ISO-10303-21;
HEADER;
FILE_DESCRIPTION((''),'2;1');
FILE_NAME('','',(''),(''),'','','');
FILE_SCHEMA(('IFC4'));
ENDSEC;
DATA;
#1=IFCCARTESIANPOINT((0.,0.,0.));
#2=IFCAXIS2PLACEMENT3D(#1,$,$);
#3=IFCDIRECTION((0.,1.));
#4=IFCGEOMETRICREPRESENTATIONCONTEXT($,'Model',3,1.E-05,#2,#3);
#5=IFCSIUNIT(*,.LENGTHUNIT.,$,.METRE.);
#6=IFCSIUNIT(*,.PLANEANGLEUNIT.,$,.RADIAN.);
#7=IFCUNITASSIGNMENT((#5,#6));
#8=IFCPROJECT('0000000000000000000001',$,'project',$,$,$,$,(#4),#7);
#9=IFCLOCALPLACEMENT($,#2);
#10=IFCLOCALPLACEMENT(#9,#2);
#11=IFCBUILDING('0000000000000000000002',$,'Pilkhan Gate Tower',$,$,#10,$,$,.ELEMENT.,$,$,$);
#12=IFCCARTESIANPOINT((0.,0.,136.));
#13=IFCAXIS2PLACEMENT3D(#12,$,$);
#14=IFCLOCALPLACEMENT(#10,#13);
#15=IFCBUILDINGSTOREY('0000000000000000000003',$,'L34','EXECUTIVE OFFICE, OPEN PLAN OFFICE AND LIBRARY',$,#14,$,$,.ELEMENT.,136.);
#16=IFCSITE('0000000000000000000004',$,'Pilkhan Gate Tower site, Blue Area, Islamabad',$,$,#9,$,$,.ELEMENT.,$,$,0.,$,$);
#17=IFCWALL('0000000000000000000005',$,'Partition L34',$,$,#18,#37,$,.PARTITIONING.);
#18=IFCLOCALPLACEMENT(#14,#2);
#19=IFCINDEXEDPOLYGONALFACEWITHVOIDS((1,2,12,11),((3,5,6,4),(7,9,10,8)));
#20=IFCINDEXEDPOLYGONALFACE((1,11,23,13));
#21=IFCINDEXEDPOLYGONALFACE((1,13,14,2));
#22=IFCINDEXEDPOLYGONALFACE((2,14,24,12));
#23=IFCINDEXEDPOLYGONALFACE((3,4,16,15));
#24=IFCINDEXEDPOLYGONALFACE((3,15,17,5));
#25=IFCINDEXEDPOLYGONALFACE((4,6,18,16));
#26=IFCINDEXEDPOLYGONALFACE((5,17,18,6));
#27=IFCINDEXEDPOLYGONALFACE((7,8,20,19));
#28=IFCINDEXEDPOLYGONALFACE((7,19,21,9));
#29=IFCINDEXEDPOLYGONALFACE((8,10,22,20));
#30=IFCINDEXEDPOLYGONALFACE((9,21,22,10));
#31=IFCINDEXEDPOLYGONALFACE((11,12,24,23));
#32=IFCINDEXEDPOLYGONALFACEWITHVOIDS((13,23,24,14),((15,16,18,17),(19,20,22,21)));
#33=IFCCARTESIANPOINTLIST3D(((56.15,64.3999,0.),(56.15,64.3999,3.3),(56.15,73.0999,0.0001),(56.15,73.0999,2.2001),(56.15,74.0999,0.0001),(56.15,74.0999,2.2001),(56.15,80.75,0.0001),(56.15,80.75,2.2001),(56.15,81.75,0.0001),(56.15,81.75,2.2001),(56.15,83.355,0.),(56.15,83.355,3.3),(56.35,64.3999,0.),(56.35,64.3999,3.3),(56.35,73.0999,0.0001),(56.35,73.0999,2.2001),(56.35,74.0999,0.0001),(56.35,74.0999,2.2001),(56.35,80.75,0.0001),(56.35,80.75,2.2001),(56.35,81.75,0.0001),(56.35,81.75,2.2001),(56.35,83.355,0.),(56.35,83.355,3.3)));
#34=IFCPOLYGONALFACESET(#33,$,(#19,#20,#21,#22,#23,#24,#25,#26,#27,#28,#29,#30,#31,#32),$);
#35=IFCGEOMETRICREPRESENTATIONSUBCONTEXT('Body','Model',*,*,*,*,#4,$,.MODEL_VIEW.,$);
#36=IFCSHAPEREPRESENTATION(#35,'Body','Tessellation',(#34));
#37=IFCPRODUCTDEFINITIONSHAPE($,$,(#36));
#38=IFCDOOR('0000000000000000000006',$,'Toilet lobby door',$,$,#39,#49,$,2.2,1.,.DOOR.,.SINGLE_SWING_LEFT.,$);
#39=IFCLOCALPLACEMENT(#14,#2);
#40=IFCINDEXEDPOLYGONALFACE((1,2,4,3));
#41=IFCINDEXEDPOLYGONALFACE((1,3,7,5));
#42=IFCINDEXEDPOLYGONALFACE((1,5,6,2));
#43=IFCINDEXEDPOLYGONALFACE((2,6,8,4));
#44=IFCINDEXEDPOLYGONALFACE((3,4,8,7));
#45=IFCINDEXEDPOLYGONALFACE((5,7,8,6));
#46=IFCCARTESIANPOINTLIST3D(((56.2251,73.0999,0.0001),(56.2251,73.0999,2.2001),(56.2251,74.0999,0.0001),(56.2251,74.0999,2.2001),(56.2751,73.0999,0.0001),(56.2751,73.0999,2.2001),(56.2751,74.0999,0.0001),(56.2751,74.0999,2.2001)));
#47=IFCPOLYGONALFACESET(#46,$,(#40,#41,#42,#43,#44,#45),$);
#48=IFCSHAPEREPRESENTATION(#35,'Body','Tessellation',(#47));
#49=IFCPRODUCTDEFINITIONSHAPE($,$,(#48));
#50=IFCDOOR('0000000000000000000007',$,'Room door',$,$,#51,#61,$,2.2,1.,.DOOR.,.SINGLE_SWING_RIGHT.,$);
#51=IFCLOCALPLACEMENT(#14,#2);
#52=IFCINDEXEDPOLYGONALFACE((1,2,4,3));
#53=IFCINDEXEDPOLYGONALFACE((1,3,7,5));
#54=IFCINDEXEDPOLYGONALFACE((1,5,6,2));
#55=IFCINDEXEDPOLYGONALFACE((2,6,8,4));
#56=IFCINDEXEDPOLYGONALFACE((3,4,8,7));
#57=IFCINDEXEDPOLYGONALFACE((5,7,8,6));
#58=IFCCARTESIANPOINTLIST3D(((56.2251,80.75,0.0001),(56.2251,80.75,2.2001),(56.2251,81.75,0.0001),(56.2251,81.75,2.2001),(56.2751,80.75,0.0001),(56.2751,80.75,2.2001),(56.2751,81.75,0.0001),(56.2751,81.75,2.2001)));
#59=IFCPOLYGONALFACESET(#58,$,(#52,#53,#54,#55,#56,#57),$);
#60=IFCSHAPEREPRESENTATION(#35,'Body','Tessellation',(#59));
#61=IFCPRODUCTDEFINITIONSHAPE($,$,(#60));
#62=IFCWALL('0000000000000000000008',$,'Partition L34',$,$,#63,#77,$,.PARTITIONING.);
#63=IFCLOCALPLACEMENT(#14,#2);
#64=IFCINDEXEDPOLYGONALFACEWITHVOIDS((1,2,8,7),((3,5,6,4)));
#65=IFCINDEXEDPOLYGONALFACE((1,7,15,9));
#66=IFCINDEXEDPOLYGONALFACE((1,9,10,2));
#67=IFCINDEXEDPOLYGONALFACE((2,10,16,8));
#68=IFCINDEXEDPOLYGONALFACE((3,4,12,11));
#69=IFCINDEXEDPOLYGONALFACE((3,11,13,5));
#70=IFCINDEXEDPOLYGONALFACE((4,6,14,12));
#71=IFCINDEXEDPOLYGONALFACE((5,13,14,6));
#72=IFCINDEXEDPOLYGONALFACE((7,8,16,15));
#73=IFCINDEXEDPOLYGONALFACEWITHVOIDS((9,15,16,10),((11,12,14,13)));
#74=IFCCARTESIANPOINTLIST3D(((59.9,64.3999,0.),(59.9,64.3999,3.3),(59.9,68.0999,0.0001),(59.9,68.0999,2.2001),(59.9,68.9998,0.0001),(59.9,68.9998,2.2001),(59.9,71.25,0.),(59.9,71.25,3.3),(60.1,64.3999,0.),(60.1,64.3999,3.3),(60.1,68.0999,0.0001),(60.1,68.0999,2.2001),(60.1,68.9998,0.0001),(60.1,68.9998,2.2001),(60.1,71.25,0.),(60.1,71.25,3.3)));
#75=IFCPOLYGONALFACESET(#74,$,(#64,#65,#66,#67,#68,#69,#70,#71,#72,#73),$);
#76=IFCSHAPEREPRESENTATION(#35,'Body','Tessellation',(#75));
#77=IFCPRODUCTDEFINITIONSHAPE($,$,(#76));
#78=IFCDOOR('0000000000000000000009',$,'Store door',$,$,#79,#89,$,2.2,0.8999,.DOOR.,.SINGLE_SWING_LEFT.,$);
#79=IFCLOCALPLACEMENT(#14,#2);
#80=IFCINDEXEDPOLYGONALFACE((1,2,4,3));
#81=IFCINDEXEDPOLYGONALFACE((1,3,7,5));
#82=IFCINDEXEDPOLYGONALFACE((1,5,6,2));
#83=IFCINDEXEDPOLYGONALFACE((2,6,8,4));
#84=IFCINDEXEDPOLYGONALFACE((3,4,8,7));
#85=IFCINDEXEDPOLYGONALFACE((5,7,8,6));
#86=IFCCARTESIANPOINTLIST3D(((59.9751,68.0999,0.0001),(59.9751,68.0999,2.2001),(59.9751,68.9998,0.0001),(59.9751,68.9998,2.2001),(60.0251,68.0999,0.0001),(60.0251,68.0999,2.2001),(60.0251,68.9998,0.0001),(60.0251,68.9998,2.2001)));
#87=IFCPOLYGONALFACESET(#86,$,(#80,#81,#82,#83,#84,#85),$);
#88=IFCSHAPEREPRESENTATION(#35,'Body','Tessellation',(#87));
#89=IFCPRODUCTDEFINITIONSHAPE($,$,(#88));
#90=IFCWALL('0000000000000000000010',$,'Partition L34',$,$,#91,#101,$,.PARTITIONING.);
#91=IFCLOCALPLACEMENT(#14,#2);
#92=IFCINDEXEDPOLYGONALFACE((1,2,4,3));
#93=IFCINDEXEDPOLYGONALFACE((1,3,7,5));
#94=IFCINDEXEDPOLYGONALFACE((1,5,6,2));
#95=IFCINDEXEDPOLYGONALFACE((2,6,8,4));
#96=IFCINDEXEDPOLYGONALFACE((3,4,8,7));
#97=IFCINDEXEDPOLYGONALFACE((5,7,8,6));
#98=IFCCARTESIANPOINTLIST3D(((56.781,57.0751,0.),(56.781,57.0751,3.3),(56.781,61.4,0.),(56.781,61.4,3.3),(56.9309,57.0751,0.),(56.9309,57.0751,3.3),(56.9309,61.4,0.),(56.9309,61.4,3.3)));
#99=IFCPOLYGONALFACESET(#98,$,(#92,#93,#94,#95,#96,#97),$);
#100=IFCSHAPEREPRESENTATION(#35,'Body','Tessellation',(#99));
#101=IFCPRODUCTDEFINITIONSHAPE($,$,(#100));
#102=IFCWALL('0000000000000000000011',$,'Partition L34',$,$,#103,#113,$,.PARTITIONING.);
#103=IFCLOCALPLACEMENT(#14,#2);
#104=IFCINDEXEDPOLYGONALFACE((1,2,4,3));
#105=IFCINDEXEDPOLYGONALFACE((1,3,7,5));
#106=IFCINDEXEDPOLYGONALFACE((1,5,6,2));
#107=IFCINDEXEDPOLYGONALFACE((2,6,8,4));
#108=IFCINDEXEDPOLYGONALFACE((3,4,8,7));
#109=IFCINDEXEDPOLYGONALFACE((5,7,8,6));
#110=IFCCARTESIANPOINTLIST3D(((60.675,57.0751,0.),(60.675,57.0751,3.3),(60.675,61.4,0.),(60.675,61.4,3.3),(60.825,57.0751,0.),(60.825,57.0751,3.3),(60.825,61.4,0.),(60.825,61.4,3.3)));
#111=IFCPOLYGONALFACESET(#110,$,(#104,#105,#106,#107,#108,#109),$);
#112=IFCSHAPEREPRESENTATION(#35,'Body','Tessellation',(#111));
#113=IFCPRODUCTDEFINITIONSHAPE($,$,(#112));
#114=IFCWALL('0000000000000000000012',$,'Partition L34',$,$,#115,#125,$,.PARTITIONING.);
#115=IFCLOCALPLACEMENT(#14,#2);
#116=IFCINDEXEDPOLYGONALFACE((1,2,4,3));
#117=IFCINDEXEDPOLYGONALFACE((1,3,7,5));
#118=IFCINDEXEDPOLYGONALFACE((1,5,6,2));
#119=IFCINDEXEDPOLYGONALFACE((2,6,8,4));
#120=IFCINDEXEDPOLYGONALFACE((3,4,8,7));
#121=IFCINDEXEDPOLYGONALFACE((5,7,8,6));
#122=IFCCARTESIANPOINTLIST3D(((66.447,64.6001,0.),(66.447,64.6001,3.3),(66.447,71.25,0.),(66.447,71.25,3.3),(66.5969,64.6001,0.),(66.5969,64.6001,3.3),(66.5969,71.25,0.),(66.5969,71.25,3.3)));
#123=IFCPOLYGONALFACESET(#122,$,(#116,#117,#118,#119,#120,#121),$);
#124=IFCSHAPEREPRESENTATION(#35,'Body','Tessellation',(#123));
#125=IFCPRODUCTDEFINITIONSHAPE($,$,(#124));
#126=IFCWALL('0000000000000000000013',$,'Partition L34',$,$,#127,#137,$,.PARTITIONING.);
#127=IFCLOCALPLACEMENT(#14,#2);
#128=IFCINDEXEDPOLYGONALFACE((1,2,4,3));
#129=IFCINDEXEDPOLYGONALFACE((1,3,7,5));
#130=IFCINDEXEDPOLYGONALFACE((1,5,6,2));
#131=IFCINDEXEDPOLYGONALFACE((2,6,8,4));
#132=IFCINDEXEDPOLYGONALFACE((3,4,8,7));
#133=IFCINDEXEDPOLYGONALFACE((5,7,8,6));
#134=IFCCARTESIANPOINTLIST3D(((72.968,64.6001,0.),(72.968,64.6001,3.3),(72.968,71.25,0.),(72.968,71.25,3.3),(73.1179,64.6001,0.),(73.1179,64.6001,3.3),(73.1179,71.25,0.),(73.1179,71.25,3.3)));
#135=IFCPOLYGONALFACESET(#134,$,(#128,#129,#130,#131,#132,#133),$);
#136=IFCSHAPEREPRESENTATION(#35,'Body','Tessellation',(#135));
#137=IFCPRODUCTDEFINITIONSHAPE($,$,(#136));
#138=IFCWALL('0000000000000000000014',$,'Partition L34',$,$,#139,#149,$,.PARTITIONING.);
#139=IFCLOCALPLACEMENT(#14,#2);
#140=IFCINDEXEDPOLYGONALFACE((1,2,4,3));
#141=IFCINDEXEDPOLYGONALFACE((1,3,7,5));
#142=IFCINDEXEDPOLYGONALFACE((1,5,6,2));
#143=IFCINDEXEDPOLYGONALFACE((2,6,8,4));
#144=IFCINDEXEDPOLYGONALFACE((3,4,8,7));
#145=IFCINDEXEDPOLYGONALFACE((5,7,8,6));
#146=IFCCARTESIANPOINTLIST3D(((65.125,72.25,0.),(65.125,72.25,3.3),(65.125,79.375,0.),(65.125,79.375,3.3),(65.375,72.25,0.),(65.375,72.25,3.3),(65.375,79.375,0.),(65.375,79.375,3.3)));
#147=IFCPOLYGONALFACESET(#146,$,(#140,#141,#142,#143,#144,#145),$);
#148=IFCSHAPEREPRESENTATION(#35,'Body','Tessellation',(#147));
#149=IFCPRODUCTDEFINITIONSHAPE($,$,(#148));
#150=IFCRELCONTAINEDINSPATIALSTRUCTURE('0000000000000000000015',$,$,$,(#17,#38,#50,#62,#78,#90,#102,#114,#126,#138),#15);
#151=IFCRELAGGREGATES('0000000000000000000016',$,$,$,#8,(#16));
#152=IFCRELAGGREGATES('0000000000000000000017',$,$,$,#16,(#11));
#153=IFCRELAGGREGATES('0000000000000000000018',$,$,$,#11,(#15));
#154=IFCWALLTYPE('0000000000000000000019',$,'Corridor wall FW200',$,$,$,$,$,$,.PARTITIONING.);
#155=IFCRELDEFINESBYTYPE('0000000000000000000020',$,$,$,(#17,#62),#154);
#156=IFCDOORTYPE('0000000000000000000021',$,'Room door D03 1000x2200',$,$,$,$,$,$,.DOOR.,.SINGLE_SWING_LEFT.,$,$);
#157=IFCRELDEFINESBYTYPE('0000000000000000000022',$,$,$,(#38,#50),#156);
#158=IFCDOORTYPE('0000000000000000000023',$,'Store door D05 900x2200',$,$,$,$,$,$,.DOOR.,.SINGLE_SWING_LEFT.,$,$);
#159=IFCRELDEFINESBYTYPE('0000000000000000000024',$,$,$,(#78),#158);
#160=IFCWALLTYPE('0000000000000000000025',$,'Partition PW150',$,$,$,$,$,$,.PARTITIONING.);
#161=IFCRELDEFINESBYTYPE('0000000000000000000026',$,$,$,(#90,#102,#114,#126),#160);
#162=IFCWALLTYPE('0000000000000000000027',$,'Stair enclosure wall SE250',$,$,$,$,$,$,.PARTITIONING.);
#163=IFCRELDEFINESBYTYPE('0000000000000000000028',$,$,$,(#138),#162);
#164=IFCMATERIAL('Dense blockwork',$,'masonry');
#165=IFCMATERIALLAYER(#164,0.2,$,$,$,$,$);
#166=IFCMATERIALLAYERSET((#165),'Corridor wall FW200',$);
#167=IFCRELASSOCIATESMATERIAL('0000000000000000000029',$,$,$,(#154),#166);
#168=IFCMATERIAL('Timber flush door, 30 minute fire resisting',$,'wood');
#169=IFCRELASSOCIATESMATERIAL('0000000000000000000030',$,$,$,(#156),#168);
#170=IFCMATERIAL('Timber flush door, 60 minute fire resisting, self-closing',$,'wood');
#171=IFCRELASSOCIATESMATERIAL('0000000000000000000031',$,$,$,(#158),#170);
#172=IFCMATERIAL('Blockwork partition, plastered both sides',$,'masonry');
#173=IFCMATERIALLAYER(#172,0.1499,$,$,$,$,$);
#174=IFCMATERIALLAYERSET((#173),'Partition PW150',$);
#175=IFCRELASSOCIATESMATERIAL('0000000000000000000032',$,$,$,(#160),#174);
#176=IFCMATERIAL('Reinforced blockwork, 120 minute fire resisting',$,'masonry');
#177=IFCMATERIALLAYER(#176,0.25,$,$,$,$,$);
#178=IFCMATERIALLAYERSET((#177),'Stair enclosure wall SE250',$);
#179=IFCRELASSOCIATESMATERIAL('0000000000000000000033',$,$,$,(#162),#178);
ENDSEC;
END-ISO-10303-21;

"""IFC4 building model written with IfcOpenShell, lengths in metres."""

from ifc_helpers import new_model, si_unit, direction, frame, frame_2d, origin, place, context, subcontext, project, spatial, rectangle, extrude, material, layer, layer_set, type_object, element, fill, save


model = new_model("IFC4")

# Units and contexts
model_context = context("Model", 3, precision=1e-05, world=origin(), true_north=direction((0.0, 1.0)))
body_context = subcontext(model_context, "Body", "Model", "MODEL_VIEW")
ifc_project = project(units=[si_unit("LENGTHUNIT", "METRE"), si_unit("PLANEANGLEUNIT", "RADIAN")], contexts=[model_context])

# Site, building, storey
site_placement = place(None, origin())
site = spatial("IfcSite", under=ifc_project, at=site_placement, Name="Pilkhan Gate Tower site, Blue Area, Islamabad", CompositionType="ELEMENT", RefElevation=0.0)
building_placement = place(site_placement, origin())
building = spatial("IfcBuilding", under=site, at=building_placement, Name="Pilkhan Gate Tower", CompositionType="ELEMENT")
storey_placement = place(building_placement, frame((0.0, 0.0, 136.0)))
storey = spatial("IfcBuildingStorey", under=building, at=storey_placement, Name="L34", Description="EXECUTIVE OFFICE, OPEN PLAN OFFICE AND LIBRARY", CompositionType="ELEMENT", Elevation=136.0)

# Wall, openings, doors
ifc_material_1 = material(Name="Dense blockwork", Category="masonry")
ifc_layer_1 = layer(ifc_material_1, 0.2)
ifc_layer_set_1 = layer_set([ifc_layer_1], Name="Corridor wall FW200")
wall_type_1 = type_object("IfcWallType", Name="Corridor wall FW200", PredefinedType="PARTITIONING", material=ifc_layer_set_1)
ifc_material_2 = material(Name="Timber flush door, 30 minute fire resisting", Category="wood")
door_type_1 = type_object("IfcDoorType", Name="Room door D03 1000x2200", OperationType="SINGLE_SWING_LEFT", PredefinedType="DOOR", material=ifc_material_2)
wall_1_placement = place(storey_placement, frame((56.25, 64.3999, 0.0), z_axis=(0.0, 0.0, 1.0), x_axis=(0.0, 1.0, 0.0)))
wall_1 = element("IfcWall", 1, at=wall_1_placement, inside=storey, type_object=wall_type_1, Name="Partition L34", PredefinedType="PARTITIONING", context=body_context, shape_type="SweptSolid", body=[
    extrude(rectangle(XDim=18.9551, YDim=0.2, at=frame_2d((9.4775, 0.0))), origin(), (0.0, 0.0, 1.0), 3.3),
])
opening_1_placement = place(wall_1_placement, frame((8.7, 0.0, 0.0)))
opening_1 = element("IfcOpeningElement", 2, at=opening_1_placement, cuts=wall_1, PredefinedType="OPENING", context=body_context, shape_type="SweptSolid", body=[
    extrude(rectangle(XDim=1.0, YDim=2.2, at=frame_2d((0.5, 1.1001))), frame((0.0, 0.1099, 0.0), z_axis=(0.0, -1.0, 0.0), x_axis=(1.0, 0.0, 0.0)), (0.0, 0.0, 1.0), 0.22),
])
opening_2_placement = place(wall_1_placement, frame((16.3501, 0.0, 0.0)))
opening_2 = element("IfcOpeningElement", 3, at=opening_2_placement, cuts=wall_1, PredefinedType="OPENING", context=body_context, shape_type="SweptSolid", body=[
    extrude(rectangle(XDim=1.0, YDim=2.2, at=frame_2d((0.5, 1.1001))), frame((0.0, 0.1099, 0.0), z_axis=(0.0, -1.0, 0.0), x_axis=(1.0, 0.0, 0.0)), (0.0, 0.0, 1.0), 0.22),
])
door_1_placement = place(opening_1_placement, origin())
door_1 = element("IfcDoor", 4, at=door_1_placement, inside=storey, type_object=door_type_1, Name="Toilet lobby door", OperationType="SINGLE_SWING_LEFT", OverallHeight=2.2, OverallWidth=1.0, PredefinedType="DOOR", context=body_context, shape_type="SweptSolid", body=[
    extrude(rectangle(XDim=1.0, YDim=2.2, at=frame_2d((0.5, 1.1001))), frame((0.0, 0.0249, 0.0), z_axis=(0.0, -1.0, 0.0), x_axis=(1.0, 0.0, 0.0)), (0.0, 0.0, 1.0), 0.05),
])
fill(opening_1, door_1)
door_2_placement = place(opening_2_placement, origin())
door_2 = element("IfcDoor", 5, at=door_2_placement, inside=storey, type_object=door_type_1, Name="Room door", OperationType="SINGLE_SWING_RIGHT", OverallHeight=2.2, OverallWidth=1.0, PredefinedType="DOOR", context=body_context, shape_type="SweptSolid", body=[
    extrude(rectangle(XDim=1.0, YDim=2.2, at=frame_2d((0.5, 1.1001))), frame((0.0, 0.0249, 0.0), z_axis=(0.0, -1.0, 0.0), x_axis=(1.0, 0.0, 0.0)), (0.0, 0.0, 1.0), 0.05),
])
fill(opening_2, door_2)

# Wall, opening, door
wall_2_placement = place(storey_placement, frame((60.0, 64.3999, 0.0), z_axis=(0.0, 0.0, 1.0), x_axis=(0.0, 1.0, 0.0)))
wall_2 = element("IfcWall", 6, at=wall_2_placement, inside=storey, type_object=wall_type_1, Name="Partition L34", PredefinedType="PARTITIONING", context=body_context, shape_type="SweptSolid", body=[
    extrude(rectangle(XDim=6.8501, YDim=0.2, at=frame_2d((3.425, 0.0))), origin(), (0.0, 0.0, 1.0), 3.3),
])
opening_3_placement = place(wall_2_placement, frame((3.7, 0.0, 0.0)))
opening_3 = element("IfcOpeningElement", 7, at=opening_3_placement, cuts=wall_2, PredefinedType="OPENING", context=body_context, shape_type="SweptSolid", body=[
    extrude(rectangle(XDim=0.8999, YDim=2.2, at=frame_2d((0.45, 1.1001))), frame((0.0, 0.1099, 0.0), z_axis=(0.0, -1.0, 0.0), x_axis=(1.0, 0.0, 0.0)), (0.0, 0.0, 1.0), 0.22),
])
ifc_material_3 = material(Name="Timber flush door, 60 minute fire resisting, self-closing", Category="wood")
door_type_2 = type_object("IfcDoorType", Name="Store door D05 900x2200", OperationType="SINGLE_SWING_LEFT", PredefinedType="DOOR", material=ifc_material_3)
door_3_placement = place(opening_3_placement, origin())
door_3 = element("IfcDoor", 8, at=door_3_placement, inside=storey, type_object=door_type_2, Name="Store door", OperationType="SINGLE_SWING_LEFT", OverallHeight=2.2, OverallWidth=0.8999, PredefinedType="DOOR", context=body_context, shape_type="SweptSolid", body=[
    extrude(rectangle(XDim=0.8999, YDim=2.2, at=frame_2d((0.45, 1.1001))), frame((0.0, 0.0249, 0.0), z_axis=(0.0, -1.0, 0.0), x_axis=(1.0, 0.0, 0.0)), (0.0, 0.0, 1.0), 0.05),
])
fill(opening_3, door_3)

# Walls
ifc_material_4 = material(Name="Blockwork partition, plastered both sides", Category="masonry")
ifc_layer_2 = layer(ifc_material_4, 0.1499)
ifc_layer_set_2 = layer_set([ifc_layer_2], Name="Partition PW150")
wall_type_2 = type_object("IfcWallType", Name="Partition PW150", PredefinedType="PARTITIONING", material=ifc_layer_set_2)
for number, where, z_axis, x_axis, name in (
    (9, (56.856, 57.075, 0.0), (0.0, 0.0, 1.0), (0.0, 1.0, 0.0), "Partition L34"),
    (10, (60.75, 57.075, 0.0), (0.0, 0.0, 1.0), (0.0, 1.0, 0.0), "Partition L34"),
):
    element("IfcWall", number, at=place(storey_placement, frame(where, z_axis=z_axis, x_axis=x_axis)), inside=storey, type_object=wall_type_2, Name=name, PredefinedType="PARTITIONING", context=body_context, shape_type="SweptSolid", body=[
        extrude(rectangle(XDim=4.325, YDim=0.1499, at=frame_2d((2.1626, 0.0))), origin(), (0.0, 0.0, 1.0), 3.3),
    ])
for number, where, z_axis, x_axis, name in (
    (11, (66.522, 64.6001, 0.0), (0.0, 0.0, 1.0), (0.0, 1.0, 0.0), "Partition L34"),
    (12, (73.043, 64.6001, 0.0), (0.0, 0.0, 1.0), (0.0, 1.0, 0.0), "Partition L34"),
):
    element("IfcWall", number, at=place(storey_placement, frame(where, z_axis=z_axis, x_axis=x_axis)), inside=storey, type_object=wall_type_2, Name=name, PredefinedType="PARTITIONING", context=body_context, shape_type="SweptSolid", body=[
        extrude(rectangle(XDim=6.6499, YDim=0.1499, at=frame_2d((3.325, 0.0))), origin(), (0.0, 0.0, 1.0), 3.3),
    ])
ifc_material_5 = material(Name="Reinforced blockwork, 120 minute fire resisting", Category="masonry")
ifc_layer_3 = layer(ifc_material_5, 0.25)
ifc_layer_set_3 = layer_set([ifc_layer_3], Name="Stair enclosure wall SE250")
wall_type_3 = type_object("IfcWallType", Name="Stair enclosure wall SE250", PredefinedType="PARTITIONING", material=ifc_layer_set_3)
wall_3_placement = place(storey_placement, frame((65.25, 72.25, 0.0), z_axis=(0.0, 0.0, 1.0), x_axis=(0.0, 1.0, 0.0)))
element("IfcWall", 13, at=wall_3_placement, inside=storey, type_object=wall_type_3, Name="Partition L34", PredefinedType="PARTITIONING", context=body_context, shape_type="SweptSolid", body=[
    extrude(rectangle(XDim=7.125, YDim=0.25, at=frame_2d((3.5625, 0.0))), origin(), (0.0, 0.0, 1.0), 3.3),
])

save(model, "model.ifc")
